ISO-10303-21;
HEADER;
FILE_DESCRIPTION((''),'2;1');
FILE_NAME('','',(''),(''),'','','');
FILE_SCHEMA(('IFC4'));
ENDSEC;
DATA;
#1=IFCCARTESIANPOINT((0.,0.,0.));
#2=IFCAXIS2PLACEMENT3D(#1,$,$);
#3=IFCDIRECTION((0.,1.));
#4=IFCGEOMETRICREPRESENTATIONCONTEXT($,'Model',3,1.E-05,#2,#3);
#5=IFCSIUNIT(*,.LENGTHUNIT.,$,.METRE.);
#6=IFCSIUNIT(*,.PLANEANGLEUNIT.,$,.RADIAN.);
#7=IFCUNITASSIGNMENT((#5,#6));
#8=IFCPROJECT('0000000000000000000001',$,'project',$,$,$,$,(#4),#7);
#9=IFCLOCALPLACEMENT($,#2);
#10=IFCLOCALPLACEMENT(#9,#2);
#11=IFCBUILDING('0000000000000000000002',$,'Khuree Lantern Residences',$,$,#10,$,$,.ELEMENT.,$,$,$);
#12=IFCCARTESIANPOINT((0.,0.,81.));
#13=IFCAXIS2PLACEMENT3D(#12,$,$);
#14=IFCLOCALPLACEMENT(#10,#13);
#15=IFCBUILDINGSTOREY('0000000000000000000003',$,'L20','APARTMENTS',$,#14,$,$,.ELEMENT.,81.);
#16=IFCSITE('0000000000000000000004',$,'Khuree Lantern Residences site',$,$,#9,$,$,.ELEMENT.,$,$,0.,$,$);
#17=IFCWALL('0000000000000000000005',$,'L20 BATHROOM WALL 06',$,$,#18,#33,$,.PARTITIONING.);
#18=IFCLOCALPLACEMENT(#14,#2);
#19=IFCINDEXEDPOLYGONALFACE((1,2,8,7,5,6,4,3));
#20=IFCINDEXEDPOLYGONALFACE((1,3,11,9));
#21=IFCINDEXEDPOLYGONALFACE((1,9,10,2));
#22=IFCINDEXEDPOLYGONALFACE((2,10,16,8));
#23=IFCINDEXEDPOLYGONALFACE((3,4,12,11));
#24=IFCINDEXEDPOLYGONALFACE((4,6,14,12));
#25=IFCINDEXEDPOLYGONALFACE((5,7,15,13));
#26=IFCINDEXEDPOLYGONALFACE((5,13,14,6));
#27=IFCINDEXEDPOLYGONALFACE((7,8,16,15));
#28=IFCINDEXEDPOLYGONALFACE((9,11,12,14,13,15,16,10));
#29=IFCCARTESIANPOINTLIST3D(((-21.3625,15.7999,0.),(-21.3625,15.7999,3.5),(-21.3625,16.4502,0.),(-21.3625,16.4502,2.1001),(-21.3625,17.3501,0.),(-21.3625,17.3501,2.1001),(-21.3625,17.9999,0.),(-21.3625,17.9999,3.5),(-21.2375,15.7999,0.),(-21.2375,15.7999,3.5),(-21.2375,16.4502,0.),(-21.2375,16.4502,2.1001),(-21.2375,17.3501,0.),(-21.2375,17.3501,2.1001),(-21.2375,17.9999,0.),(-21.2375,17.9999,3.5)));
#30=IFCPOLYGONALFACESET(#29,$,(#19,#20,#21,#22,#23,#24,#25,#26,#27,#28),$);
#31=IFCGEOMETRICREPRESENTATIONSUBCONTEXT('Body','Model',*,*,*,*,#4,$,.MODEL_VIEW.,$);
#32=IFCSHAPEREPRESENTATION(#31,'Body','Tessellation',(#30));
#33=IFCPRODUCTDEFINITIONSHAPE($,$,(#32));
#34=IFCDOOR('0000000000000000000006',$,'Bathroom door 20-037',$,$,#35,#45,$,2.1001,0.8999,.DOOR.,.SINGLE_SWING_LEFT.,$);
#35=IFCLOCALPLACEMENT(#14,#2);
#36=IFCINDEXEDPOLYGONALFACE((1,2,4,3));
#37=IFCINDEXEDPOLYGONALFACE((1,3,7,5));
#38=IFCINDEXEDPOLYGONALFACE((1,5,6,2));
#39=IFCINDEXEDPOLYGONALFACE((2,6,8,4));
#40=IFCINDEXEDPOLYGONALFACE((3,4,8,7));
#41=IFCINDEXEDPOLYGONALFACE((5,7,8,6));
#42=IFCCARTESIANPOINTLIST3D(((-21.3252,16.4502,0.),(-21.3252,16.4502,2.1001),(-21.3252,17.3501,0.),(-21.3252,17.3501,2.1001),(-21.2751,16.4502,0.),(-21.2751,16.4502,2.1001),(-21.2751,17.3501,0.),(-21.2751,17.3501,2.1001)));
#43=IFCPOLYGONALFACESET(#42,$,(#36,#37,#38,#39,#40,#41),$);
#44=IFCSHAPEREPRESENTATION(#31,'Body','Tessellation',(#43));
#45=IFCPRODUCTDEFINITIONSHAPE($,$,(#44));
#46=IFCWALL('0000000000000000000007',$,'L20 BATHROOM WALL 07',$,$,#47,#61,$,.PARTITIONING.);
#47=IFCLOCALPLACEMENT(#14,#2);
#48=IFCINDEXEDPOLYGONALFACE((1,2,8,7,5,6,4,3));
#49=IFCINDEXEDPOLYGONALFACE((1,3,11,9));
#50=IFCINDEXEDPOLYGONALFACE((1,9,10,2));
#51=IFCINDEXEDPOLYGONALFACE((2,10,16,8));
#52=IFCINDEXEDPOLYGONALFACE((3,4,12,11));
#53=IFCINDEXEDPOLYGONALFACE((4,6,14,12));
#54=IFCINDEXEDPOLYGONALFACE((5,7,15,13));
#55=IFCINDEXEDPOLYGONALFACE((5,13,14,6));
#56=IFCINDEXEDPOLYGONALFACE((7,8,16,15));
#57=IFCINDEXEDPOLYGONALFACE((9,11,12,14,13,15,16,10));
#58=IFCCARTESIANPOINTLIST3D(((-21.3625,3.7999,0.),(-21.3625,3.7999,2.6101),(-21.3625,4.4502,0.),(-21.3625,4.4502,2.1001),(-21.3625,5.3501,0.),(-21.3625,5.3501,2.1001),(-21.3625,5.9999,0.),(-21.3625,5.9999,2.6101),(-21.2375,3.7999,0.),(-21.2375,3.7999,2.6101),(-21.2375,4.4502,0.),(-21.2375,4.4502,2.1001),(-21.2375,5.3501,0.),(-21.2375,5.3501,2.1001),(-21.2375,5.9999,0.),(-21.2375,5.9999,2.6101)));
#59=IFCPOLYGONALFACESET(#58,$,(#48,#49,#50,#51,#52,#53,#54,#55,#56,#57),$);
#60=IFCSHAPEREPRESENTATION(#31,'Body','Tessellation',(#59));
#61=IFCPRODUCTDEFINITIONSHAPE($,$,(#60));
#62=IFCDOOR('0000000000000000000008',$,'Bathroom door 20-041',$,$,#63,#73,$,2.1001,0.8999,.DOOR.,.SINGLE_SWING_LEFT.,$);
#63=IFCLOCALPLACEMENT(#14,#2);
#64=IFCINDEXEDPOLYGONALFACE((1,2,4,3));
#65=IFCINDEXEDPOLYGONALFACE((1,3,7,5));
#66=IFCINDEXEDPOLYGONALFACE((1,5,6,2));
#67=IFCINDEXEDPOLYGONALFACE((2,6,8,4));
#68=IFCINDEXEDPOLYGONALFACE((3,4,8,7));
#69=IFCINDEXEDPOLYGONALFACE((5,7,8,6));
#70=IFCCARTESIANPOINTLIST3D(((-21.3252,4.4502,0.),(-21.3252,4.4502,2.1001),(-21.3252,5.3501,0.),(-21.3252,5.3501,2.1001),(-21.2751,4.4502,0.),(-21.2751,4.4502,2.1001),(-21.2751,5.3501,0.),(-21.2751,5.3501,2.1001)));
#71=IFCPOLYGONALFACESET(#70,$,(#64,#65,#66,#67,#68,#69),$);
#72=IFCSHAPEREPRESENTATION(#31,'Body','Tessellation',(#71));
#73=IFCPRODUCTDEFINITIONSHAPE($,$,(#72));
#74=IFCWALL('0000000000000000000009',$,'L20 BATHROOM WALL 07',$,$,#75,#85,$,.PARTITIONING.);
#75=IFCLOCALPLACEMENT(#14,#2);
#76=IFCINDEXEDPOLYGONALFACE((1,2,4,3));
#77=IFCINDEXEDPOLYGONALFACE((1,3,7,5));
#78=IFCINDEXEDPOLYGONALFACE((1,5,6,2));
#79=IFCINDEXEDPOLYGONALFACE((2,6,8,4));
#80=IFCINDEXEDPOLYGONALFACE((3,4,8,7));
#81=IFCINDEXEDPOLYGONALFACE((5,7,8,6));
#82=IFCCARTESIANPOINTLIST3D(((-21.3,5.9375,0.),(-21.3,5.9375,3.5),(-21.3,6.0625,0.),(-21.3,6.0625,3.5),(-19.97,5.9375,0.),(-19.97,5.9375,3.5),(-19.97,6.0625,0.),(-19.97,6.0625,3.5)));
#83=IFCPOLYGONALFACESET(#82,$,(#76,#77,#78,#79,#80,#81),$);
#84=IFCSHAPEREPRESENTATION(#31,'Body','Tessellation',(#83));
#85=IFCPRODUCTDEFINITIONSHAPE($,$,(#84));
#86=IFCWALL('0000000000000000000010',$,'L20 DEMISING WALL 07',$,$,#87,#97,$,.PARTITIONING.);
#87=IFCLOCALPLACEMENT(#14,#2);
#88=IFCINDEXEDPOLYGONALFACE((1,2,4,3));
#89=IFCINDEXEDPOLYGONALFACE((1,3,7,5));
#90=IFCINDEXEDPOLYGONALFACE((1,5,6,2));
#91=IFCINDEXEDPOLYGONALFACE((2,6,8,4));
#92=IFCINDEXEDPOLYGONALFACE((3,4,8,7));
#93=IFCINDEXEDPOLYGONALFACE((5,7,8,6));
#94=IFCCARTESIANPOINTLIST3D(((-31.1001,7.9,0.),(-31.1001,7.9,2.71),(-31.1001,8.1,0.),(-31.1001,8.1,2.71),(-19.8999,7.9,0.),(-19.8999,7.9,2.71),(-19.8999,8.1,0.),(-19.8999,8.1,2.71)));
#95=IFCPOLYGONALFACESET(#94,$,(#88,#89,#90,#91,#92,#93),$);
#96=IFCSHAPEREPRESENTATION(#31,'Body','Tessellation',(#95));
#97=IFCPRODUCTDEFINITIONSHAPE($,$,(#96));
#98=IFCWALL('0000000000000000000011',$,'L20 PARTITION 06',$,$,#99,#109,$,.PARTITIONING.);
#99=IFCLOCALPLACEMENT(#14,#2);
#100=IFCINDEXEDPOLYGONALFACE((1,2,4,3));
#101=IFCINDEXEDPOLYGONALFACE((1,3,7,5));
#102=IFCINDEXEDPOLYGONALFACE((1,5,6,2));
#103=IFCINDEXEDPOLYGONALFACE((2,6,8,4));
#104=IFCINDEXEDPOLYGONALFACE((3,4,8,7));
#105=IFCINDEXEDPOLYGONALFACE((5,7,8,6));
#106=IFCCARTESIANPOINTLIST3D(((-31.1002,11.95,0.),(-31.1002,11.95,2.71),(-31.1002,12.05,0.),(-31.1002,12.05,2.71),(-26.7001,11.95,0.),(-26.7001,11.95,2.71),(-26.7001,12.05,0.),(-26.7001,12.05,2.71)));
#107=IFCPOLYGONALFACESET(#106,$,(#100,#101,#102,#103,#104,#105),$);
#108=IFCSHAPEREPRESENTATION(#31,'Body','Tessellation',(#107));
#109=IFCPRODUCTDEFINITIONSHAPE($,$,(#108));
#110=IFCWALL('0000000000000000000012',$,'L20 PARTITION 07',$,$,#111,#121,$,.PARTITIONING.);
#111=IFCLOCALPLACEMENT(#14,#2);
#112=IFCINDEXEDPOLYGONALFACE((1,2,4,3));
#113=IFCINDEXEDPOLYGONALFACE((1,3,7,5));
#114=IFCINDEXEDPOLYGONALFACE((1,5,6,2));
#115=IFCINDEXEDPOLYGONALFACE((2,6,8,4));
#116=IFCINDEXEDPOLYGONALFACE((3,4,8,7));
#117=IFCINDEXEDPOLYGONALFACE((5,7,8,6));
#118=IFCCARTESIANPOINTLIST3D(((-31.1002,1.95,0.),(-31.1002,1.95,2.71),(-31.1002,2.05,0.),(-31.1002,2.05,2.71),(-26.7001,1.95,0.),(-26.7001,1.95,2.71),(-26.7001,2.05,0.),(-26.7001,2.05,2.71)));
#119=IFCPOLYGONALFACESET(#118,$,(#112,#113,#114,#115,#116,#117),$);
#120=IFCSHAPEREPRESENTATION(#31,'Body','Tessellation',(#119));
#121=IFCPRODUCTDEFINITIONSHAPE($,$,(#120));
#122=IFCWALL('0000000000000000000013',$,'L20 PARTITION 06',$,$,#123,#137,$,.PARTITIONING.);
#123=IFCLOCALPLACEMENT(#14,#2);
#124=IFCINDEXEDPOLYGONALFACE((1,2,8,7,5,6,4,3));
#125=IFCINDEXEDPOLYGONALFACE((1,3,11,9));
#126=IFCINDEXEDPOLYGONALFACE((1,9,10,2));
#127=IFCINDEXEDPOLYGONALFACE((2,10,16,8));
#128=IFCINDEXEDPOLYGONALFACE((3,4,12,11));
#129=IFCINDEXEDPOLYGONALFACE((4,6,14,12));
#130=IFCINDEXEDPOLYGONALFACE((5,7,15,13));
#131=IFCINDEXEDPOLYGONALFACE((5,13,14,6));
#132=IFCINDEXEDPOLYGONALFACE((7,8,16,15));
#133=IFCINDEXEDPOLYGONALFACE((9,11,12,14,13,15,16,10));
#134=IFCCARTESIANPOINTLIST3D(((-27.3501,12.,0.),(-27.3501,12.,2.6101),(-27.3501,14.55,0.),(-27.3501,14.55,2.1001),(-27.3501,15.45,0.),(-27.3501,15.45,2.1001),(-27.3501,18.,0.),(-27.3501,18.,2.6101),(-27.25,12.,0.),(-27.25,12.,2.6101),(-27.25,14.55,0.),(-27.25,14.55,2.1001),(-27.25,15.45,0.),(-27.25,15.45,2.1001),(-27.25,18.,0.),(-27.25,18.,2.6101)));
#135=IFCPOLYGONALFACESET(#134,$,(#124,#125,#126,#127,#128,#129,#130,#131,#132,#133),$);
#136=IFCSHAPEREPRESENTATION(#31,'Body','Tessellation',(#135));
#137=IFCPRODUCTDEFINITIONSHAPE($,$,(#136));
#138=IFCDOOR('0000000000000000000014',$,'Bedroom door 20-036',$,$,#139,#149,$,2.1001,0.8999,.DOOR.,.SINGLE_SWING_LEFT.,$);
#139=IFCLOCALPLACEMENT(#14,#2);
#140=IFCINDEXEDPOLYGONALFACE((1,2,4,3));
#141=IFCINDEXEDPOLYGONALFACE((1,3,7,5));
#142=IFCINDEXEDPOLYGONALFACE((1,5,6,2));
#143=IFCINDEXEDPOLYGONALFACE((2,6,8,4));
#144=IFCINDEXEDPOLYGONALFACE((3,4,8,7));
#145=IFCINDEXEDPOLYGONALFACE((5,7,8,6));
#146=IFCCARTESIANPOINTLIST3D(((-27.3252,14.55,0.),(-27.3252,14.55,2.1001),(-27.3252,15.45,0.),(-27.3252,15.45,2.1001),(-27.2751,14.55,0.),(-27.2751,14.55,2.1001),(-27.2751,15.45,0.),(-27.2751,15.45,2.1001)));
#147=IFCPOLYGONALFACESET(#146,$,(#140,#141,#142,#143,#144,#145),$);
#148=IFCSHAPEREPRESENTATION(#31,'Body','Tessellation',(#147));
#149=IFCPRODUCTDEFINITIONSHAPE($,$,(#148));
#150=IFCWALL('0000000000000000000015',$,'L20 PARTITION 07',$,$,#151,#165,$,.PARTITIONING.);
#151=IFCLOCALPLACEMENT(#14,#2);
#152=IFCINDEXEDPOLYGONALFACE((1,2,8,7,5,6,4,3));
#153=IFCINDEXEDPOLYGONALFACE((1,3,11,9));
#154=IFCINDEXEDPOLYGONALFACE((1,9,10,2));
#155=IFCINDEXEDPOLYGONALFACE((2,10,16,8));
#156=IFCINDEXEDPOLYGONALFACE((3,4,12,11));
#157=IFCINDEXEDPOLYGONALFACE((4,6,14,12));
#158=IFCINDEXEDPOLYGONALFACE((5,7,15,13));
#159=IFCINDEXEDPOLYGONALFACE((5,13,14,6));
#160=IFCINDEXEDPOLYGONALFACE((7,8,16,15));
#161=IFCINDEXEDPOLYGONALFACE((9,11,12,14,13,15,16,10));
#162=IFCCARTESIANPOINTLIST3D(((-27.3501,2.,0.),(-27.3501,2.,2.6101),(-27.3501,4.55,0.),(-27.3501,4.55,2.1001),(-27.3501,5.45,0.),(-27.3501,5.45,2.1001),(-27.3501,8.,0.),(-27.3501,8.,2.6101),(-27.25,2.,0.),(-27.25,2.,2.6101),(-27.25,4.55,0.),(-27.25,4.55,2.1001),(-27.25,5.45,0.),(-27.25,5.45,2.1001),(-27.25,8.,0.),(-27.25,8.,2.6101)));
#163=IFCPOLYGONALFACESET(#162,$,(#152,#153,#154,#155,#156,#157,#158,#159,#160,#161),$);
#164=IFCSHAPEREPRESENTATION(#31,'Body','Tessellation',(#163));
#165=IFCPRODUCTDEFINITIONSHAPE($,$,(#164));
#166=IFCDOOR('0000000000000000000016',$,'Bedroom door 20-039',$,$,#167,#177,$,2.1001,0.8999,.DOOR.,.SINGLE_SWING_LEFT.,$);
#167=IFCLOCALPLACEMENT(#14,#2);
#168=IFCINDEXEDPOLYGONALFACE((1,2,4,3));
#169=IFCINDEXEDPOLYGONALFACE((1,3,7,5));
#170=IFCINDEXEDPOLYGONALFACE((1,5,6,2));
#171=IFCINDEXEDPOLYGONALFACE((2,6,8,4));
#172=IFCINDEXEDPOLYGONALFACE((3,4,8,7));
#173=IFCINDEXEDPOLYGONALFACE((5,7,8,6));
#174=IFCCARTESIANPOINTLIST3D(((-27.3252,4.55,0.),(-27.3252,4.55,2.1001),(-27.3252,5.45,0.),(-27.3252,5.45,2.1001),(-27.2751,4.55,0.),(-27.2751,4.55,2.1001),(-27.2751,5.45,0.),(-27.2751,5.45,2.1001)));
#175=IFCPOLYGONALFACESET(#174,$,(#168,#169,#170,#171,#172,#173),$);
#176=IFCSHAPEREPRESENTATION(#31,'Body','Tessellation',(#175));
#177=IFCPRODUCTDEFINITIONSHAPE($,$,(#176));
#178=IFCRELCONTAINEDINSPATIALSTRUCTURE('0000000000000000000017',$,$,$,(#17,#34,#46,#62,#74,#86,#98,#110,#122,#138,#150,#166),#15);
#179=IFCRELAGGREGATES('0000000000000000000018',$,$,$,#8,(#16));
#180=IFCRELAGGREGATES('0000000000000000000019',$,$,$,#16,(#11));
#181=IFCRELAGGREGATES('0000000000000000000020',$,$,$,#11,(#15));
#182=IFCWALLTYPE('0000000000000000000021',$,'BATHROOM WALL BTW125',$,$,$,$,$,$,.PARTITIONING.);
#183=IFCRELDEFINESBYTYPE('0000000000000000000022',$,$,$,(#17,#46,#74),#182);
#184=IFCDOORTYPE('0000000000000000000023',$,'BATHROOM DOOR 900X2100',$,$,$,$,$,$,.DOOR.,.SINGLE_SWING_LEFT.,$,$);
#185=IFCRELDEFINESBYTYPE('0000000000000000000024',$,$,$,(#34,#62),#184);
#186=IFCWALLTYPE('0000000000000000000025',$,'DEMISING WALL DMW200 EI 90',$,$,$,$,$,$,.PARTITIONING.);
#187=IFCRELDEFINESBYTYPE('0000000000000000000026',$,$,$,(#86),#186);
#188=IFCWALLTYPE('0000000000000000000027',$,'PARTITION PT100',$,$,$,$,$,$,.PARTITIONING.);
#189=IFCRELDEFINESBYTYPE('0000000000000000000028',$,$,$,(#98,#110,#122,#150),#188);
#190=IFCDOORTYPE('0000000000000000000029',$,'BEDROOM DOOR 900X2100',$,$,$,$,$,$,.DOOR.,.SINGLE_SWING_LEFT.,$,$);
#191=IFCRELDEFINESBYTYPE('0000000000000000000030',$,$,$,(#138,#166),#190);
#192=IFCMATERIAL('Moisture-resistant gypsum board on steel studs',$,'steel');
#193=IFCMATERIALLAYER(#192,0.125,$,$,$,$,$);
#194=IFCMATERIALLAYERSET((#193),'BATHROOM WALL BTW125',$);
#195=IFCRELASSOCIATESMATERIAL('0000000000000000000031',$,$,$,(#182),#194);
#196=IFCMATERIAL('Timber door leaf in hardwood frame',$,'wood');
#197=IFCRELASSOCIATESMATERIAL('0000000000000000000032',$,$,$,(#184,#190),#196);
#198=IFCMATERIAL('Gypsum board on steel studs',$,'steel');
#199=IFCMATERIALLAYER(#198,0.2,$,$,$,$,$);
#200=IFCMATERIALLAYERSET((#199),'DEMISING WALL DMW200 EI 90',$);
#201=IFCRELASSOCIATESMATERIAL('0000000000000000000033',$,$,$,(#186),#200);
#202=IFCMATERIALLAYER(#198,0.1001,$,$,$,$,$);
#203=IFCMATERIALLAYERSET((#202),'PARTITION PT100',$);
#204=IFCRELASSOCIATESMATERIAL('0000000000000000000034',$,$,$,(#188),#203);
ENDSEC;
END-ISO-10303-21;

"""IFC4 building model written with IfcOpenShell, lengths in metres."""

from ifc_helpers import new_model, si_unit, direction, frame, frame_2d, origin, place, context, subcontext, project, spatial, rectangle, extrude, material, layer, layer_set, type_object, element, fill, save


model = new_model("IFC4")

# Units and contexts
model_context = context("Model", 3, precision=1e-05, world=origin(), true_north=direction((0.0, 1.0)))
body_context = subcontext(model_context, "Body", "Model", "MODEL_VIEW")
ifc_project = project(units=[si_unit("LENGTHUNIT", "METRE"), si_unit("PLANEANGLEUNIT", "RADIAN")], contexts=[model_context])

# Site, building, storey
site_placement = place(None, origin())
site = spatial("IfcSite", under=ifc_project, at=site_placement, Name="Khuree Lantern Residences site", CompositionType="ELEMENT", RefElevation=0.0)
building_placement = place(site_placement, origin())
building = spatial("IfcBuilding", under=site, at=building_placement, Name="Khuree Lantern Residences", CompositionType="ELEMENT")
storey_placement = place(building_placement, frame((0.0, 0.0, 81.0)))
storey = spatial("IfcBuildingStorey", under=building, at=storey_placement, Name="L20", Description="APARTMENTS", CompositionType="ELEMENT", Elevation=81.0)

# Walls, openings, doors
ifc_material_1 = material(Name="Moisture-resistant gypsum board on steel studs", Category="steel")
ifc_layer_1 = layer(ifc_material_1, 0.125)
ifc_layer_set_1 = layer_set([ifc_layer_1], Name="BATHROOM WALL BTW125")
wall_type_1 = type_object("IfcWallType", Name="BATHROOM WALL BTW125", PredefinedType="PARTITIONING", material=ifc_layer_set_1)
wall_1_placement = place(storey_placement, frame((-21.3, 18.0, 0.0), z_axis=(0.0, 0.0, 1.0), x_axis=(0.0, -1.0, 0.0)))
wall_1 = element("IfcWall", 1, at=wall_1_placement, inside=storey, type_object=wall_type_1, Name="L20 BATHROOM WALL 06", PredefinedType="PARTITIONING", context=body_context, shape_type="SweptSolid", body=[
    extrude(rectangle(XDim=2.2, YDim=0.125, at=frame_2d((1.1001, 0.0))), origin(), (0.0, 0.0, 1.0), 3.5),
])
opening_1_placement = place(wall_1_placement, frame((0.6499, 0.0, 0.0)))
opening_1 = element("IfcOpeningElement", 2, at=opening_1_placement, cuts=wall_1, PredefinedType="OPENING", context=body_context, shape_type="SweptSolid", body=[
    extrude(rectangle(XDim=0.8999, YDim=2.1001, at=frame_2d((0.45, 1.05))), frame((0.0, 0.0725, 0.0), z_axis=(0.0, -1.0, 0.0), x_axis=(1.0, 0.0, 0.0)), (0.0, 0.0, 1.0), 0.145),
])
ifc_material_2 = material(Name="Timber door leaf in hardwood frame", Category="wood")
door_type_1 = type_object("IfcDoorType", Name="BATHROOM DOOR 900X2100", OperationType="SINGLE_SWING_LEFT", PredefinedType="DOOR", material=ifc_material_2)
door_1_placement = place(opening_1_placement, origin())
door_1 = element("IfcDoor", 3, at=door_1_placement, inside=storey, type_object=door_type_1, Name="Bathroom door 20-037", OperationType="SINGLE_SWING_LEFT", OverallHeight=2.1001, OverallWidth=0.8999, PredefinedType="DOOR", context=body_context, shape_type="SweptSolid", body=[
    extrude(rectangle(XDim=0.8999, YDim=2.1001, at=frame_2d((0.45, 1.05))), frame((0.0, 0.0249, 0.0), z_axis=(0.0, -1.0, 0.0), x_axis=(1.0, 0.0, 0.0)), (0.0, 0.0, 1.0), 0.05),
])
fill(opening_1, door_1)
wall_2_placement = place(storey_placement, frame((-21.3, 6.0, 0.0), z_axis=(0.0, 0.0, 1.0), x_axis=(0.0, -1.0, 0.0)))
wall_2 = element("IfcWall", 4, at=wall_2_placement, inside=storey, type_object=wall_type_1, Name="L20 BATHROOM WALL 07", PredefinedType="PARTITIONING", context=body_context, shape_type="SweptSolid", body=[
    extrude(rectangle(XDim=2.2, YDim=0.125, at=frame_2d((1.1001, 0.0))), origin(), (0.0, 0.0, 1.0), 2.6101),
])
opening_2_placement = place(wall_2_placement, frame((0.6499, 0.0, 0.0)))
opening_2 = element("IfcOpeningElement", 5, at=opening_2_placement, cuts=wall_2, PredefinedType="OPENING", context=body_context, shape_type="SweptSolid", body=[
    extrude(rectangle(XDim=0.8999, YDim=2.1001, at=frame_2d((0.45, 1.05))), frame((0.0, 0.0725, 0.0), z_axis=(0.0, -1.0, 0.0), x_axis=(1.0, 0.0, 0.0)), (0.0, 0.0, 1.0), 0.145),
])
door_2_placement = place(opening_2_placement, origin())
door_2 = element("IfcDoor", 6, at=door_2_placement, inside=storey, type_object=door_type_1, Name="Bathroom door 20-041", OperationType="SINGLE_SWING_LEFT", OverallHeight=2.1001, OverallWidth=0.8999, PredefinedType="DOOR", context=body_context, shape_type="SweptSolid", body=[
    extrude(rectangle(XDim=0.8999, YDim=2.1001, at=frame_2d((0.45, 1.05))), frame((0.0, 0.0249, 0.0), z_axis=(0.0, -1.0, 0.0), x_axis=(1.0, 0.0, 0.0)), (0.0, 0.0, 1.0), 0.05),
])
fill(opening_2, door_2)

# Walls
wall_3_placement = place(storey_placement, frame((-19.97, 6.0, 0.0), z_axis=(0.0, 0.0, 1.0), x_axis=(-1.0, 0.0, 0.0)))
element("IfcWall", 7, at=wall_3_placement, inside=storey, type_object=wall_type_1, Name="L20 BATHROOM WALL 07", PredefinedType="PARTITIONING", context=body_context, shape_type="SweptSolid", body=[
    extrude(rectangle(XDim=1.3301, YDim=0.125, at=frame_2d((0.665, 0.0))), origin(), (0.0, 0.0, 1.0), 3.5),
])
ifc_material_3 = material(Name="Gypsum board on steel studs", Category="steel")
ifc_layer_2 = layer(ifc_material_3, 0.2)
ifc_layer_set_2 = layer_set([ifc_layer_2], Name="DEMISING WALL DMW200 EI 90")
wall_type_2 = type_object("IfcWallType", Name="DEMISING WALL DMW200 EI 90", PredefinedType="PARTITIONING", material=ifc_layer_set_2)
wall_4_placement = place(storey_placement, frame((-19.8999, 8.0, 0.0), z_axis=(0.0, 0.0, 1.0), x_axis=(-1.0, 0.0, 0.0)))
element("IfcWall", 8, at=wall_4_placement, inside=storey, type_object=wall_type_2, Name="L20 DEMISING WALL 07", PredefinedType="PARTITIONING", context=body_context, shape_type="SweptSolid", body=[
    extrude(rectangle(XDim=11.2002, YDim=0.2, at=frame_2d((5.6001, 0.0))), origin(), (0.0, 0.0, 1.0), 2.71),
])
ifc_layer_3 = layer(ifc_material_3, 0.1001)
ifc_layer_set_3 = layer_set([ifc_layer_3], Name="PARTITION PT100")
wall_type_3 = type_object("IfcWallType", Name="PARTITION PT100", PredefinedType="PARTITIONING", material=ifc_layer_set_3)
for number, where, z_axis, x_axis, name in (
    (9, (-26.7, 12.0, 0.0), (0.0, 0.0, 1.0), (-1.0, 0.0, 0.0), "L20 PARTITION 06"),
    (10, (-26.7, 2.0, 0.0), (0.0, 0.0, 1.0), (-1.0, 0.0, 0.0), "L20 PARTITION 07"),
):
    element("IfcWall", number, at=place(storey_placement, frame(where, z_axis=z_axis, x_axis=x_axis)), inside=storey, type_object=wall_type_3, Name=name, PredefinedType="PARTITIONING", context=body_context, shape_type="SweptSolid", body=[
        extrude(rectangle(XDim=4.4001, YDim=0.1001, at=frame_2d((2.2002, 0.0))), origin(), (0.0, 0.0, 1.0), 2.71),
    ])

# Walls, openings, doors
wall_5_placement = place(storey_placement, frame((-27.3, 18.0, 0.0), z_axis=(0.0, 0.0, 1.0), x_axis=(0.0, -1.0, 0.0)))
wall_5 = element("IfcWall", 11, at=wall_5_placement, inside=storey, type_object=wall_type_3, Name="L20 PARTITION 06", PredefinedType="PARTITIONING", context=body_context, shape_type="SweptSolid", body=[
    extrude(rectangle(XDim=6.0, YDim=0.1001, at=frame_2d((3.0, 0.0))), origin(), (0.0, 0.0, 1.0), 2.6101),
])
opening_3_placement = place(wall_5_placement, frame((2.55, 0.0, 0.0)))
opening_3 = element("IfcOpeningElement", 12, at=opening_3_placement, cuts=wall_5, PredefinedType="OPENING", context=body_context, shape_type="SweptSolid", body=[
    extrude(rectangle(XDim=0.8999, YDim=2.1001, at=frame_2d((0.45, 1.05))), frame((0.0, 0.0601, 0.0), z_axis=(0.0, -1.0, 0.0), x_axis=(1.0, 0.0, 0.0)), (0.0, 0.0, 1.0), 0.1201),
])
door_type_2 = type_object("IfcDoorType", Name="BEDROOM DOOR 900X2100", OperationType="SINGLE_SWING_LEFT", PredefinedType="DOOR", material=ifc_material_2)
door_3_placement = place(opening_3_placement, origin())
door_3 = element("IfcDoor", 13, at=door_3_placement, inside=storey, type_object=door_type_2, Name="Bedroom door 20-036", OperationType="SINGLE_SWING_LEFT", OverallHeight=2.1001, OverallWidth=0.8999, PredefinedType="DOOR", context=body_context, shape_type="SweptSolid", body=[
    extrude(rectangle(XDim=0.8999, YDim=2.1001, at=frame_2d((0.45, 1.05))), frame((0.0, 0.0249, 0.0), z_axis=(0.0, -1.0, 0.0), x_axis=(1.0, 0.0, 0.0)), (0.0, 0.0, 1.0), 0.05),
])
fill(opening_3, door_3)
wall_6_placement = place(storey_placement, frame((-27.3, 8.0, 0.0), z_axis=(0.0, 0.0, 1.0), x_axis=(0.0, -1.0, 0.0)))
wall_6 = element("IfcWall", 14, at=wall_6_placement, inside=storey, type_object=wall_type_3, Name="L20 PARTITION 07", PredefinedType="PARTITIONING", context=body_context, shape_type="SweptSolid", body=[
    extrude(rectangle(XDim=6.0, YDim=0.1001, at=frame_2d((3.0, 0.0))), origin(), (0.0, 0.0, 1.0), 2.6101),
])
opening_4_placement = place(wall_6_placement, frame((2.55, 0.0, 0.0)))
opening_4 = element("IfcOpeningElement", 15, at=opening_4_placement, cuts=wall_6, PredefinedType="OPENING", context=body_context, shape_type="SweptSolid", body=[
    extrude(rectangle(XDim=0.8999, YDim=2.1001, at=frame_2d((0.45, 1.05))), frame((0.0, 0.0601, 0.0), z_axis=(0.0, -1.0, 0.0), x_axis=(1.0, 0.0, 0.0)), (0.0, 0.0, 1.0), 0.1201),
])
door_4_placement = place(opening_4_placement, origin())
door_4 = element("IfcDoor", 16, at=door_4_placement, inside=storey, type_object=door_type_2, Name="Bedroom door 20-039", OperationType="SINGLE_SWING_LEFT", OverallHeight=2.1001, OverallWidth=0.8999, PredefinedType="DOOR", context=body_context, shape_type="SweptSolid", body=[
    extrude(rectangle(XDim=0.8999, YDim=2.1001, at=frame_2d((0.45, 1.05))), frame((0.0, 0.0249, 0.0), z_axis=(0.0, -1.0, 0.0), x_axis=(1.0, 0.0, 0.0)), (0.0, 0.0, 1.0), 0.05),
])
fill(opening_4, door_4)

save(model, "model.ifc")
